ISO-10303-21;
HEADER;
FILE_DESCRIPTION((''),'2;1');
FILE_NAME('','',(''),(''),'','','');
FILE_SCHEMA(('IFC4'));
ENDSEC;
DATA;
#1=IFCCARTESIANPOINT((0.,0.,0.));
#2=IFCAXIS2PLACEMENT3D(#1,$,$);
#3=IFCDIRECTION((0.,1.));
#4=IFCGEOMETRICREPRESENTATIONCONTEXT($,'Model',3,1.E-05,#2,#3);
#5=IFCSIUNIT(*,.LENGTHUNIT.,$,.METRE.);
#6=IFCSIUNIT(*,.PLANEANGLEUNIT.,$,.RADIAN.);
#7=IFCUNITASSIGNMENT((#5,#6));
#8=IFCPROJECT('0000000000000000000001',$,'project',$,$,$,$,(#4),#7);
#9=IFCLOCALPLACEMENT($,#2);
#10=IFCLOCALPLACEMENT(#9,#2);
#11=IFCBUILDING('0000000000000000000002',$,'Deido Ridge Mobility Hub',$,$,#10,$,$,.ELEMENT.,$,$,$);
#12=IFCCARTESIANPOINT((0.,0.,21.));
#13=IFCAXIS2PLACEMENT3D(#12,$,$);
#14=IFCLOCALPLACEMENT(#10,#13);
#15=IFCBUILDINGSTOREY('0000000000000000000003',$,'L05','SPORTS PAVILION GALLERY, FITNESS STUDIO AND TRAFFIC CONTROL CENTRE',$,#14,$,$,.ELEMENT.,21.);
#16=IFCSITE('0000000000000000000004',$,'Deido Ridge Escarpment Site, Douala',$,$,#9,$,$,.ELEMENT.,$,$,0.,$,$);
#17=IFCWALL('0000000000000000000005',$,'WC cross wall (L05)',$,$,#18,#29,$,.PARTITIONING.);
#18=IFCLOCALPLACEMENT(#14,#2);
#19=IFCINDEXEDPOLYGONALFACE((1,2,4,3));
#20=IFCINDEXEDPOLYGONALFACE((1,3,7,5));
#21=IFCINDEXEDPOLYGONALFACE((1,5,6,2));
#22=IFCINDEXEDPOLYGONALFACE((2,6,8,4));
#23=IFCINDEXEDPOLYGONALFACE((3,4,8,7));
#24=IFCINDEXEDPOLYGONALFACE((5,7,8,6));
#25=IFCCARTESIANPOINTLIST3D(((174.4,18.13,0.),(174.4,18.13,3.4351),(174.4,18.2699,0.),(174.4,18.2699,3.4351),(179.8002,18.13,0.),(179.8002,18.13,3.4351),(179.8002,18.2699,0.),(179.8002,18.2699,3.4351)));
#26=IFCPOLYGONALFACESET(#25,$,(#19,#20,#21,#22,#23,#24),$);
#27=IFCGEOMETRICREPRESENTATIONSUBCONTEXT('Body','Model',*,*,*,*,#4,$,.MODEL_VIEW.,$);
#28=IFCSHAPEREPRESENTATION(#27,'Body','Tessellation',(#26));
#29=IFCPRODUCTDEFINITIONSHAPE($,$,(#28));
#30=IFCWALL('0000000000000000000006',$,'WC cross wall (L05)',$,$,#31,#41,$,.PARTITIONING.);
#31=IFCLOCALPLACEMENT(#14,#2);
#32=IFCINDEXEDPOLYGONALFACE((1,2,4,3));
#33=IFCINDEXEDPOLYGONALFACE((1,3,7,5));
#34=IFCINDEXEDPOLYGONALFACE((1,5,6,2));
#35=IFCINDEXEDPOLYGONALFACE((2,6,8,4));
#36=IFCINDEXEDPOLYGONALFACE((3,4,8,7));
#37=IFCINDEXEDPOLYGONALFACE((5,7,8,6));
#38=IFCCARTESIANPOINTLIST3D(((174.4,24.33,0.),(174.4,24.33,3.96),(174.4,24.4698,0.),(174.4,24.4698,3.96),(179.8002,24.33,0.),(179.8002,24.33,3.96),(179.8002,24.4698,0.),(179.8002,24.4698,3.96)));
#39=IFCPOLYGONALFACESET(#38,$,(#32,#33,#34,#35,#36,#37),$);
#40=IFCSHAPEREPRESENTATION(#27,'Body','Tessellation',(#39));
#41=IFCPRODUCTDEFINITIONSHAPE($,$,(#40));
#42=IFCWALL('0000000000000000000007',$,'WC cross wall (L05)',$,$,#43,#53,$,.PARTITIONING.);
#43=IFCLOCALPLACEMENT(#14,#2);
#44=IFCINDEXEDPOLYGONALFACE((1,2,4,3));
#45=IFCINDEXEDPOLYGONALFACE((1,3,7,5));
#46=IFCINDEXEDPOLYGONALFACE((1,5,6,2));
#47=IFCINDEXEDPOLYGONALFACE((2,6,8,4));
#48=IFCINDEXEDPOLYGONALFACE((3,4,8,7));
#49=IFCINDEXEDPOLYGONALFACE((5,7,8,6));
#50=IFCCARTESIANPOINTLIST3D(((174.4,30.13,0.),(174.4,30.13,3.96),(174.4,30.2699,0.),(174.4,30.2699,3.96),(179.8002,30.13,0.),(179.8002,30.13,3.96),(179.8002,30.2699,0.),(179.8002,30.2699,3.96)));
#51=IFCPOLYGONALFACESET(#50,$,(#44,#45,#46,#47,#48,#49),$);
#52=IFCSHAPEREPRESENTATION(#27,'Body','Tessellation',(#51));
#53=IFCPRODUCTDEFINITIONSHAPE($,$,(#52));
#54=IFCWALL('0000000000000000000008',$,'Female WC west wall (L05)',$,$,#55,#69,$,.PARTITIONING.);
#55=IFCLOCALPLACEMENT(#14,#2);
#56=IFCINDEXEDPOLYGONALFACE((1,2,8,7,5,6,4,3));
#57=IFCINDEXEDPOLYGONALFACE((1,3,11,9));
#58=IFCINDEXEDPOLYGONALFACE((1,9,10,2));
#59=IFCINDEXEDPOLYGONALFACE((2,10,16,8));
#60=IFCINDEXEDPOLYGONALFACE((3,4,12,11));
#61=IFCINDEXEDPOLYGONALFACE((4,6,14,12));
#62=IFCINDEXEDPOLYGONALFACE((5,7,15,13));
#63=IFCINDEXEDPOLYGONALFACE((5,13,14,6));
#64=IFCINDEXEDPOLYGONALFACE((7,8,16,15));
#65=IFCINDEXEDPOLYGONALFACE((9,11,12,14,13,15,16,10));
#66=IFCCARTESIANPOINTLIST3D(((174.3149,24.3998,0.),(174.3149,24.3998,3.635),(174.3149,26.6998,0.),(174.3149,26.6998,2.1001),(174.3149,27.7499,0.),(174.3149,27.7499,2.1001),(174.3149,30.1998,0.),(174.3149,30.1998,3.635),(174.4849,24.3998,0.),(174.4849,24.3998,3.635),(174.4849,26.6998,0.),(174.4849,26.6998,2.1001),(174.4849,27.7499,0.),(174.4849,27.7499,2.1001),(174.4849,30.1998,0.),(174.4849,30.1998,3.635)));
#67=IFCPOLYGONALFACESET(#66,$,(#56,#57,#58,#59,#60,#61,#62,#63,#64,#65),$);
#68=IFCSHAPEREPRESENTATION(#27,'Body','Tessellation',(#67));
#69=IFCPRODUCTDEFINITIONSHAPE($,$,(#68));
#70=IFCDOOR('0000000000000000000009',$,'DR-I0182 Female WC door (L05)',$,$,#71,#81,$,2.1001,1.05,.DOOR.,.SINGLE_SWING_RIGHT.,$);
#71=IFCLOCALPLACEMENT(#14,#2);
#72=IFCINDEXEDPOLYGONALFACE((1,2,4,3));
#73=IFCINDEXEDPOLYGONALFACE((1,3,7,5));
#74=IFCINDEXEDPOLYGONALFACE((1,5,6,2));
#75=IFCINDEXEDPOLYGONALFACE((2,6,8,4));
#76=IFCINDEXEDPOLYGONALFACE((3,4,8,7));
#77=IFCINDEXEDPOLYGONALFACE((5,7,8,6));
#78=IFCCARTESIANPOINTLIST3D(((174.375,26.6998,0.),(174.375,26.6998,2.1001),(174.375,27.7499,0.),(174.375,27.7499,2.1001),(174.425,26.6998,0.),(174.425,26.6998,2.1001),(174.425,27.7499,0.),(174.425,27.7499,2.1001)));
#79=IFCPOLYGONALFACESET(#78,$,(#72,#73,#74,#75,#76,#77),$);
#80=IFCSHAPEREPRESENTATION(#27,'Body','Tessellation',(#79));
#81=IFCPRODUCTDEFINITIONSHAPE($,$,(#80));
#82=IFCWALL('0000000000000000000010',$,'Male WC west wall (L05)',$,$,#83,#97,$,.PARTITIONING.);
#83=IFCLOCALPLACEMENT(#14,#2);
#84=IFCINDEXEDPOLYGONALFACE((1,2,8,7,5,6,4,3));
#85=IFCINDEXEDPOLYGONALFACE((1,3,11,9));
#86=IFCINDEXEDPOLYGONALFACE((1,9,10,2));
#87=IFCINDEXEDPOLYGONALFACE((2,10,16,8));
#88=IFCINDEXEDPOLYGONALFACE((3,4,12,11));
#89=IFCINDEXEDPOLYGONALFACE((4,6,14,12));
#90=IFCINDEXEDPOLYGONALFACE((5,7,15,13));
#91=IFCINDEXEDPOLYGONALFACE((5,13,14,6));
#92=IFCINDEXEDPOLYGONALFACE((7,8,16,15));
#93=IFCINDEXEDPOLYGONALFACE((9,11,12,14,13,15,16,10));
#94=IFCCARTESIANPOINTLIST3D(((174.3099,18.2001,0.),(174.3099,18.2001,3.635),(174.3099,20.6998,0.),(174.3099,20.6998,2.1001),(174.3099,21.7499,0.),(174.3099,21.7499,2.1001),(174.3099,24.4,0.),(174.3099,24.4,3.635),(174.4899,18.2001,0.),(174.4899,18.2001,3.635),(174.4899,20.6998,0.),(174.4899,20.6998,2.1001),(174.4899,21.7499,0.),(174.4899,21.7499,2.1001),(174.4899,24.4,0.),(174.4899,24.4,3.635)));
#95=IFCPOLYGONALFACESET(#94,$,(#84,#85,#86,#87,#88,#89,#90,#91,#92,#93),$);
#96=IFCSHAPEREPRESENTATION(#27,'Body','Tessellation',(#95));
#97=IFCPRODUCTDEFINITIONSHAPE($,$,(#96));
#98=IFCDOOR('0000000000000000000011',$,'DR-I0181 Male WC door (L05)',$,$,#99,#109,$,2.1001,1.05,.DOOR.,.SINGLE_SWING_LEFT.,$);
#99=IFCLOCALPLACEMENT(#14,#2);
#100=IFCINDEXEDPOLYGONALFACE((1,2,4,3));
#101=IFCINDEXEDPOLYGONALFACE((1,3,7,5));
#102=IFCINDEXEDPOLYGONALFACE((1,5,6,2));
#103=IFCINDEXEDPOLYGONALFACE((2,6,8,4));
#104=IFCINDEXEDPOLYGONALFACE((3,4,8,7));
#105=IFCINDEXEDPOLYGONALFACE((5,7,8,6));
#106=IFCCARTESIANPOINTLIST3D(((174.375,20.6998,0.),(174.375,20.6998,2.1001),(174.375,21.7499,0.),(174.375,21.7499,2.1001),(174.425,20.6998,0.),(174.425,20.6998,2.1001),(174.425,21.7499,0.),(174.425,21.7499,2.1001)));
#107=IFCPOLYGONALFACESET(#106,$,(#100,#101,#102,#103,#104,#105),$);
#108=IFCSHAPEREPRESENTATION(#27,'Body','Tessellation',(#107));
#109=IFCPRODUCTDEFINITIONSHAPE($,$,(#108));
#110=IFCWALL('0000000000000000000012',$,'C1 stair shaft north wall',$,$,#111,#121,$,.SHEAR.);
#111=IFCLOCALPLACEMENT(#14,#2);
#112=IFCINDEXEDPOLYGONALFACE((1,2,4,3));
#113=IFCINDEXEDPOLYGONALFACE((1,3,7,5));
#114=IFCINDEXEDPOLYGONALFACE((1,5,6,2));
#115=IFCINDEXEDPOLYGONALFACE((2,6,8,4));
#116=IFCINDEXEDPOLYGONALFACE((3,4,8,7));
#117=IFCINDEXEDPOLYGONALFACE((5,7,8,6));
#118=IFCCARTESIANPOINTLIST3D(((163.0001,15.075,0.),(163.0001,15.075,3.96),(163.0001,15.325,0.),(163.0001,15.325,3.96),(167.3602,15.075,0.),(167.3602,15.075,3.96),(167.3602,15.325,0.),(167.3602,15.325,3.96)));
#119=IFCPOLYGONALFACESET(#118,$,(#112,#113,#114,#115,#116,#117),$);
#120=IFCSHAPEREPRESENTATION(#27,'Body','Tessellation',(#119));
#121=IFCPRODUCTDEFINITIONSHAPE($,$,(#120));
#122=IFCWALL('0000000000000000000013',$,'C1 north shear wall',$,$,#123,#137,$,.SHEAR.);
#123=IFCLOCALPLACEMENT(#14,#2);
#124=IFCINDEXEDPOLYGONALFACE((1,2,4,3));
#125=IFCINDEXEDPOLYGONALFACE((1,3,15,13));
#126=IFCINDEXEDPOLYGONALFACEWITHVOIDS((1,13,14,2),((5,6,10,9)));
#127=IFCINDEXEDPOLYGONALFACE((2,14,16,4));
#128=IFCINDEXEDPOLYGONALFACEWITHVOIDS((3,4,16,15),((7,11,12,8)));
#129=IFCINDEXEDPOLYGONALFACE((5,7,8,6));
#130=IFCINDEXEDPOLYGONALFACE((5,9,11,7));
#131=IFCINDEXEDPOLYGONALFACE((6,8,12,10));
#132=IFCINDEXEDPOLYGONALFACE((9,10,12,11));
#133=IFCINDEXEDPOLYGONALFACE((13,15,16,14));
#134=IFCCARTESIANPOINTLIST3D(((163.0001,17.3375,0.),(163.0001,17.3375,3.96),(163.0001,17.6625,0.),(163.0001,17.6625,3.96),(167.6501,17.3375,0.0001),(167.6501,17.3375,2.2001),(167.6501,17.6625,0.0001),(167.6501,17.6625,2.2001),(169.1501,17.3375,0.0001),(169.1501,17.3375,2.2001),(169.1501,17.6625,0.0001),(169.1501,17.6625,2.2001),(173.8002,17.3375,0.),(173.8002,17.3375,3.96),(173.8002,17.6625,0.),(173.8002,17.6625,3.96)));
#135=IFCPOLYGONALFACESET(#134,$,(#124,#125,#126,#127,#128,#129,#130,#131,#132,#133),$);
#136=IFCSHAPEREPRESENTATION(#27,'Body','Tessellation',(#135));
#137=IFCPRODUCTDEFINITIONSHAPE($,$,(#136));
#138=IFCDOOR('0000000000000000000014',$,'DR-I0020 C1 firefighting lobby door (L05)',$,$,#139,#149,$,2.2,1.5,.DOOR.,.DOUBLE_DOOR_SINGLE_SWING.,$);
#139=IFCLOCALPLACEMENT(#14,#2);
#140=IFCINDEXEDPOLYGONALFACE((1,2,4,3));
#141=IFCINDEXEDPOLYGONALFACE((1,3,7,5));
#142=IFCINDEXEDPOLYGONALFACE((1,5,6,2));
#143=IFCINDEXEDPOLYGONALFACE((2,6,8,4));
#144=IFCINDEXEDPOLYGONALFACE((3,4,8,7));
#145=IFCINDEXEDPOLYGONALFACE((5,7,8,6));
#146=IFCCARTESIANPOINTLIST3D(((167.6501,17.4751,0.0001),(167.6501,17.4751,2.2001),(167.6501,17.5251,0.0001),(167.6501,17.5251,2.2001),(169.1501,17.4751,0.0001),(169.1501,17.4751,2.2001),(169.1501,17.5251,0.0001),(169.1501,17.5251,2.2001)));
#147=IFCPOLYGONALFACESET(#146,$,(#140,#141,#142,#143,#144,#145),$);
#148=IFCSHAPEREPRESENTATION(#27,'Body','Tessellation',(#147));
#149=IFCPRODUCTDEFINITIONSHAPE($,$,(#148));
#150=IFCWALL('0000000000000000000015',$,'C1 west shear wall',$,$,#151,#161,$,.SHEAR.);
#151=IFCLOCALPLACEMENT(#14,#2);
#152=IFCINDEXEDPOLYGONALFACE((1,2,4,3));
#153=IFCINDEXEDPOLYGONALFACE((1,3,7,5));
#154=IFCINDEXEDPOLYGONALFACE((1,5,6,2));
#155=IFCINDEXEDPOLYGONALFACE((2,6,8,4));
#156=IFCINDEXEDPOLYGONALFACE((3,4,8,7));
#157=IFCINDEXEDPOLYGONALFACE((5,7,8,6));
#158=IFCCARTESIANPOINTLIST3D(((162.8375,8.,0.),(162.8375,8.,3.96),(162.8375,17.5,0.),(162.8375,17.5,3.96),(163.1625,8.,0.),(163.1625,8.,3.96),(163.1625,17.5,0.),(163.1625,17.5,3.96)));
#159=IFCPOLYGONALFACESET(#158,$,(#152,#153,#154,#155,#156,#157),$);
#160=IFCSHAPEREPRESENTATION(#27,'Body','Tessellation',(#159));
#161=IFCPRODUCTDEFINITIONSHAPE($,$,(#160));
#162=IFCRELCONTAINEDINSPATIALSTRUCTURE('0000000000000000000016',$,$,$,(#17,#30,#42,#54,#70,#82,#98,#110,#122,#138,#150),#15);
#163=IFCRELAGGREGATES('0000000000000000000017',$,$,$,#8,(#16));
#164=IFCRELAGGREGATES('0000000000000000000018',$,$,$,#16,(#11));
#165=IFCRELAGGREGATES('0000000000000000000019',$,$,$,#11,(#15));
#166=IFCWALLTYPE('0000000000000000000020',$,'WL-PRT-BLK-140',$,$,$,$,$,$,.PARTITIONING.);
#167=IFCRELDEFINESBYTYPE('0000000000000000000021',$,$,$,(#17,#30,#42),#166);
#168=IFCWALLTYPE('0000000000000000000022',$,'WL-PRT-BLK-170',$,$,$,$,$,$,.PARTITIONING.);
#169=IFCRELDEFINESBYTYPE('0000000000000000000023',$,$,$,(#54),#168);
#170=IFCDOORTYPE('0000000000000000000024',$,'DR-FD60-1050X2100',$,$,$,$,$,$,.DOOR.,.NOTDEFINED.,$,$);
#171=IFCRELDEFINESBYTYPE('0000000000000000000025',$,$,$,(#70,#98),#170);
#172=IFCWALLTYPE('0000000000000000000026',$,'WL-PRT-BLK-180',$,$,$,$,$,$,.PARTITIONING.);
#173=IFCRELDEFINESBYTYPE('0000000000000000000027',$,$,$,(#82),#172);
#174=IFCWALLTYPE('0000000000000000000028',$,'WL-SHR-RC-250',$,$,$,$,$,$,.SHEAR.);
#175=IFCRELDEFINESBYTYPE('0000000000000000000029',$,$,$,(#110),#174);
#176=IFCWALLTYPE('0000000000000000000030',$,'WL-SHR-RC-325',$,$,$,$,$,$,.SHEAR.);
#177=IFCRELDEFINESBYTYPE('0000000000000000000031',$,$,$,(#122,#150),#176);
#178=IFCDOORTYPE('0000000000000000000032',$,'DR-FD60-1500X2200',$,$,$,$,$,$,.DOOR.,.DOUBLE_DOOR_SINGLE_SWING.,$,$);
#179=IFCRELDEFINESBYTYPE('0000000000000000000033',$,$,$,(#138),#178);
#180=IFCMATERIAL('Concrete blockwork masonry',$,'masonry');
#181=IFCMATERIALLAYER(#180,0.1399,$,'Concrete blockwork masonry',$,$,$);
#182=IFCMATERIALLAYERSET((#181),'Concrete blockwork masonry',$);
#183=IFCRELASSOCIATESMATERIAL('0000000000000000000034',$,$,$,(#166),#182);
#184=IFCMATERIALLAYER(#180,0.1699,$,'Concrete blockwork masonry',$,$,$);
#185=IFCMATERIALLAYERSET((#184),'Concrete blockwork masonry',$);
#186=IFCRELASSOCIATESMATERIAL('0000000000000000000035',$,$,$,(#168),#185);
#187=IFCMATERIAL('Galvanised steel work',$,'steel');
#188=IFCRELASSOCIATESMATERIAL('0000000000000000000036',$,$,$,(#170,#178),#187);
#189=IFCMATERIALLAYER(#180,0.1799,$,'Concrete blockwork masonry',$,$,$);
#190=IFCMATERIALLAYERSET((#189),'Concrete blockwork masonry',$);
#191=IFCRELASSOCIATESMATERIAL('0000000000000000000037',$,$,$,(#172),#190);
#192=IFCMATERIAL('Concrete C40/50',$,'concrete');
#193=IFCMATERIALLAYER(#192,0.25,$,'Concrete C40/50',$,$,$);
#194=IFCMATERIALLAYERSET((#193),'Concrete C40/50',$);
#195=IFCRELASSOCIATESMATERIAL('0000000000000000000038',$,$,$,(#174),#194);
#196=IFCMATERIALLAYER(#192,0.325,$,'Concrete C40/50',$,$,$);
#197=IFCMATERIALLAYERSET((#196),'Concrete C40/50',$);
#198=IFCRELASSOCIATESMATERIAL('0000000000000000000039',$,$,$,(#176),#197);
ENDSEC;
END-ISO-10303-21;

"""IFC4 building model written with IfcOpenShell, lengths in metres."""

from ifc_helpers import new_model, si_unit, direction, frame, frame_2d, origin, place, context, subcontext, project, spatial, rectangle, extrude, material, layer, layer_set, type_object, element, fill, save


model = new_model("IFC4")

# Units and contexts
model_context = context("Model", 3, precision=1e-05, world=origin(), true_north=direction((0.0, 1.0)))
body_context = subcontext(model_context, "Body", "Model", "MODEL_VIEW")
ifc_project = project(units=[si_unit("LENGTHUNIT", "METRE"), si_unit("PLANEANGLEUNIT", "RADIAN")], contexts=[model_context])

# Site, building, storey
site_placement = place(None, origin())
site = spatial("IfcSite", under=ifc_project, at=site_placement, Name="Deido Ridge Escarpment Site, Douala", CompositionType="ELEMENT", RefElevation=0.0)
building_placement = place(site_placement, origin())
building = spatial("IfcBuilding", under=site, at=building_placement, Name="Deido Ridge Mobility Hub", CompositionType="ELEMENT")
storey_placement = place(building_placement, frame((0.0, 0.0, 21.0)))
storey = spatial("IfcBuildingStorey", under=building, at=storey_placement, Name="L05", Description="SPORTS PAVILION GALLERY, FITNESS STUDIO AND TRAFFIC CONTROL CENTRE", CompositionType="ELEMENT", Elevation=21.0)

# Walls
ifc_material_1 = material(Name="Concrete blockwork masonry", Category="masonry")
ifc_layer_1 = layer(ifc_material_1, 0.1399, Name="Concrete blockwork masonry")
ifc_layer_set_1 = layer_set([ifc_layer_1], Name="Concrete blockwork masonry")
wall_type_1 = type_object("IfcWallType", Name="WL-PRT-BLK-140", PredefinedType="PARTITIONING", material=ifc_layer_set_1)
wall_1_placement = place(storey_placement, frame((174.3999, 18.2, 0.0), z_axis=(0.0, 0.0, 1.0), x_axis=(1.0, 0.0, 0.0)))
element("IfcWall", 1, at=wall_1_placement, inside=storey, type_object=wall_type_1, Name="WC cross wall (L05)", PredefinedType="PARTITIONING", context=body_context, shape_type="SweptSolid", body=[
    extrude(rectangle(XDim=5.4001, YDim=0.1399, at=frame_2d((2.7002, 0.0))), origin(), (0.0, 0.0, 1.0), 3.4351),
])
for number, where, z_axis, x_axis, name in (
    (2, (174.3999, 24.3999, 0.0), (0.0, 0.0, 1.0), (1.0, 0.0, 0.0), "WC cross wall (L05)"),
    (3, (174.3999, 30.2, 0.0), (0.0, 0.0, 1.0), (1.0, 0.0, 0.0), "WC cross wall (L05)"),
):
    element("IfcWall", number, at=place(storey_placement, frame(where, z_axis=z_axis, x_axis=x_axis)), inside=storey, type_object=wall_type_1, Name=name, PredefinedType="PARTITIONING", context=body_context, shape_type="SweptSolid", body=[
        extrude(rectangle(XDim=5.4001, YDim=0.1399, at=frame_2d((2.7002, 0.0))), origin(), (0.0, 0.0, 1.0), 3.96),
    ])

# Walls, openings, doors
ifc_layer_2 = layer(ifc_material_1, 0.1699, Name="Concrete blockwork masonry")
ifc_layer_set_2 = layer_set([ifc_layer_2], Name="Concrete blockwork masonry")
wall_type_2 = type_object("IfcWallType", Name="WL-PRT-BLK-170", PredefinedType="PARTITIONING", material=ifc_layer_set_2)
wall_2_placement = place(storey_placement, frame((174.3999, 24.3999, 0.0), z_axis=(0.0, 0.0, 1.0), x_axis=(0.0, 1.0, 0.0)))
wall_2 = element("IfcWall", 4, at=wall_2_placement, inside=storey, type_object=wall_type_2, Name="Female WC west wall (L05)", PredefinedType="PARTITIONING", context=body_context, shape_type="SweptSolid", body=[
    extrude(rectangle(XDim=5.8, YDim=0.1699, at=frame_2d((2.8999, 0.0))), origin(), (0.0, 0.0, 1.0), 3.635),
])
opening_1_placement = place(wall_2_placement, frame((2.3, 0.0, 0.0)))
opening_1 = element("IfcOpeningElement", 5, at=opening_1_placement, cuts=wall_2, PredefinedType="OPENING", context=body_context, shape_type="SweptSolid", body=[
    extrude(rectangle(XDim=1.05, YDim=2.1001, at=frame_2d((0.5249, 1.05))), frame((0.0, 0.095, 0.0), z_axis=(0.0, -1.0, 0.0), x_axis=(1.0, 0.0, 0.0)), (0.0, 0.0, 1.0), 0.1899),
])
ifc_material_2 = material(Name="Galvanised steel work", Category="steel")
door_type_1 = type_object("IfcDoorType", Name="DR-FD60-1050X2100", OperationType="NOTDEFINED", PredefinedType="DOOR", material=ifc_material_2)
door_1_placement = place(opening_1_placement, origin())
door_1 = element("IfcDoor", 6, at=door_1_placement, inside=storey, type_object=door_type_1, Name="DR-I0182 Female WC door (L05)", OperationType="SINGLE_SWING_RIGHT", OverallHeight=2.1001, OverallWidth=1.05, PredefinedType="DOOR", context=body_context, shape_type="SweptSolid", body=[
    extrude(rectangle(XDim=1.05, YDim=2.1001, at=frame_2d((0.5249, 1.05))), frame((0.0, 0.0249, 0.0), z_axis=(0.0, -1.0, 0.0), x_axis=(1.0, 0.0, 0.0)), (0.0, 0.0, 1.0), 0.05),
])
fill(opening_1, door_1)
ifc_layer_3 = layer(ifc_material_1, 0.1799, Name="Concrete blockwork masonry")
ifc_layer_set_3 = layer_set([ifc_layer_3], Name="Concrete blockwork masonry")
wall_type_3 = type_object("IfcWallType", Name="WL-PRT-BLK-180", PredefinedType="PARTITIONING", material=ifc_layer_set_3)
wall_3_placement = place(storey_placement, frame((174.3999, 18.2, 0.0), z_axis=(0.0, 0.0, 1.0), x_axis=(0.0, 1.0, 0.0)))
wall_3 = element("IfcWall", 7, at=wall_3_placement, inside=storey, type_object=wall_type_3, Name="Male WC west wall (L05)", PredefinedType="PARTITIONING", context=body_context, shape_type="SweptSolid", body=[
    extrude(rectangle(XDim=6.2, YDim=0.1799, at=frame_2d((3.1001, 0.0))), origin(), (0.0, 0.0, 1.0), 3.635),
])
opening_2_placement = place(wall_3_placement, frame((2.5, 0.0, 0.0)))
opening_2 = element("IfcOpeningElement", 8, at=opening_2_placement, cuts=wall_3, PredefinedType="OPENING", context=body_context, shape_type="SweptSolid", body=[
    extrude(rectangle(XDim=1.05, YDim=2.1001, at=frame_2d((0.5249, 1.05))), frame((0.0, 0.1001, 0.0), z_axis=(0.0, -1.0, 0.0), x_axis=(1.0, 0.0, 0.0)), (0.0, 0.0, 1.0), 0.2),
])
door_2_placement = place(opening_2_placement, origin())
door_2 = element("IfcDoor", 9, at=door_2_placement, inside=storey, type_object=door_type_1, Name="DR-I0181 Male WC door (L05)", OperationType="SINGLE_SWING_LEFT", OverallHeight=2.1001, OverallWidth=1.05, PredefinedType="DOOR", context=body_context, shape_type="SweptSolid", body=[
    extrude(rectangle(XDim=1.05, YDim=2.1001, at=frame_2d((0.5249, 1.05))), frame((0.0, 0.0249, 0.0), z_axis=(0.0, -1.0, 0.0), x_axis=(1.0, 0.0, 0.0)), (0.0, 0.0, 1.0), 0.05),
])
fill(opening_2, door_2)

# Wall
ifc_material_3 = material(Name="Concrete C40/50", Category="concrete")
ifc_layer_4 = layer(ifc_material_3, 0.25, Name="Concrete C40/50")
ifc_layer_set_4 = layer_set([ifc_layer_4], Name="Concrete C40/50")
wall_type_4 = type_object("IfcWallType", Name="WL-SHR-RC-250", PredefinedType="SHEAR", material=ifc_layer_set_4)
wall_4_placement = place(storey_placement, frame((163.0, 15.2, 0.0), z_axis=(0.0, 0.0, 1.0), x_axis=(1.0, 0.0, 0.0)))
element("IfcWall", 10, at=wall_4_placement, inside=storey, type_object=wall_type_4, Name="C1 stair shaft north wall", PredefinedType="SHEAR", context=body_context, shape_type="SweptSolid", body=[
    extrude(rectangle(XDim=4.3601, YDim=0.25, at=frame_2d((2.1802, 0.0))), origin(), (0.0, 0.0, 1.0), 3.96),
])

# Wall, opening, door
ifc_layer_5 = layer(ifc_material_3, 0.325, Name="Concrete C40/50")
ifc_layer_set_5 = layer_set([ifc_layer_5], Name="Concrete C40/50")
wall_type_5 = type_object("IfcWallType", Name="WL-SHR-RC-325", PredefinedType="SHEAR", material=ifc_layer_set_5)
wall_5_placement = place(storey_placement, frame((173.8, 17.5, 0.0), z_axis=(0.0, 0.0, 1.0), x_axis=(-1.0, 0.0, 0.0)))
wall_5 = element("IfcWall", 11, at=wall_5_placement, inside=storey, type_object=wall_type_5, Name="C1 north shear wall", PredefinedType="SHEAR", context=body_context, shape_type="SweptSolid", body=[
    extrude(rectangle(XDim=10.8, YDim=0.325, at=frame_2d((5.3999, 0.0))), origin(), (0.0, 0.0, 1.0), 3.96),
])
opening_3_placement = place(wall_5_placement, frame((4.6499, 0.0, 0.0)))
opening_3 = element("IfcOpeningElement", 12, at=opening_3_placement, cuts=wall_5, PredefinedType="OPENING", context=body_context, shape_type="SweptSolid", body=[
    extrude(rectangle(XDim=1.5, YDim=2.2, at=frame_2d((0.75, 1.1001))), frame((0.0, 0.1724, 0.0), z_axis=(0.0, -1.0, 0.0), x_axis=(1.0, 0.0, 0.0)), (0.0, 0.0, 1.0), 0.345),
])
door_type_2 = type_object("IfcDoorType", Name="DR-FD60-1500X2200", OperationType="DOUBLE_DOOR_SINGLE_SWING", PredefinedType="DOOR", material=ifc_material_2)
door_3_placement = place(opening_3_placement, origin())
door_3 = element("IfcDoor", 13, at=door_3_placement, inside=storey, type_object=door_type_2, Name="DR-I0020 C1 firefighting lobby door (L05)", OperationType="DOUBLE_DOOR_SINGLE_SWING", OverallHeight=2.2, OverallWidth=1.5, PredefinedType="DOOR", context=body_context, shape_type="SweptSolid", body=[
    extrude(rectangle(XDim=1.5, YDim=2.2, at=frame_2d((0.75, 1.1001))), frame((0.0, 0.0249, 0.0), z_axis=(0.0, -1.0, 0.0), x_axis=(1.0, 0.0, 0.0)), (0.0, 0.0, 1.0), 0.05),
])
fill(opening_3, door_3)

# Wall
wall_6_placement = place(storey_placement, frame((163.0, 17.5, 0.0), z_axis=(0.0, 0.0, 1.0), x_axis=(0.0, -1.0, 0.0)))
element("IfcWall", 14, at=wall_6_placement, inside=storey, type_object=wall_type_5, Name="C1 west shear wall", PredefinedType="SHEAR", context=body_context, shape_type="SweptSolid", body=[
    extrude(rectangle(XDim=9.5, YDim=0.325, at=frame_2d((4.75, 0.0))), origin(), (0.0, 0.0, 1.0), 3.96),
])

save(model, "model.ifc")
